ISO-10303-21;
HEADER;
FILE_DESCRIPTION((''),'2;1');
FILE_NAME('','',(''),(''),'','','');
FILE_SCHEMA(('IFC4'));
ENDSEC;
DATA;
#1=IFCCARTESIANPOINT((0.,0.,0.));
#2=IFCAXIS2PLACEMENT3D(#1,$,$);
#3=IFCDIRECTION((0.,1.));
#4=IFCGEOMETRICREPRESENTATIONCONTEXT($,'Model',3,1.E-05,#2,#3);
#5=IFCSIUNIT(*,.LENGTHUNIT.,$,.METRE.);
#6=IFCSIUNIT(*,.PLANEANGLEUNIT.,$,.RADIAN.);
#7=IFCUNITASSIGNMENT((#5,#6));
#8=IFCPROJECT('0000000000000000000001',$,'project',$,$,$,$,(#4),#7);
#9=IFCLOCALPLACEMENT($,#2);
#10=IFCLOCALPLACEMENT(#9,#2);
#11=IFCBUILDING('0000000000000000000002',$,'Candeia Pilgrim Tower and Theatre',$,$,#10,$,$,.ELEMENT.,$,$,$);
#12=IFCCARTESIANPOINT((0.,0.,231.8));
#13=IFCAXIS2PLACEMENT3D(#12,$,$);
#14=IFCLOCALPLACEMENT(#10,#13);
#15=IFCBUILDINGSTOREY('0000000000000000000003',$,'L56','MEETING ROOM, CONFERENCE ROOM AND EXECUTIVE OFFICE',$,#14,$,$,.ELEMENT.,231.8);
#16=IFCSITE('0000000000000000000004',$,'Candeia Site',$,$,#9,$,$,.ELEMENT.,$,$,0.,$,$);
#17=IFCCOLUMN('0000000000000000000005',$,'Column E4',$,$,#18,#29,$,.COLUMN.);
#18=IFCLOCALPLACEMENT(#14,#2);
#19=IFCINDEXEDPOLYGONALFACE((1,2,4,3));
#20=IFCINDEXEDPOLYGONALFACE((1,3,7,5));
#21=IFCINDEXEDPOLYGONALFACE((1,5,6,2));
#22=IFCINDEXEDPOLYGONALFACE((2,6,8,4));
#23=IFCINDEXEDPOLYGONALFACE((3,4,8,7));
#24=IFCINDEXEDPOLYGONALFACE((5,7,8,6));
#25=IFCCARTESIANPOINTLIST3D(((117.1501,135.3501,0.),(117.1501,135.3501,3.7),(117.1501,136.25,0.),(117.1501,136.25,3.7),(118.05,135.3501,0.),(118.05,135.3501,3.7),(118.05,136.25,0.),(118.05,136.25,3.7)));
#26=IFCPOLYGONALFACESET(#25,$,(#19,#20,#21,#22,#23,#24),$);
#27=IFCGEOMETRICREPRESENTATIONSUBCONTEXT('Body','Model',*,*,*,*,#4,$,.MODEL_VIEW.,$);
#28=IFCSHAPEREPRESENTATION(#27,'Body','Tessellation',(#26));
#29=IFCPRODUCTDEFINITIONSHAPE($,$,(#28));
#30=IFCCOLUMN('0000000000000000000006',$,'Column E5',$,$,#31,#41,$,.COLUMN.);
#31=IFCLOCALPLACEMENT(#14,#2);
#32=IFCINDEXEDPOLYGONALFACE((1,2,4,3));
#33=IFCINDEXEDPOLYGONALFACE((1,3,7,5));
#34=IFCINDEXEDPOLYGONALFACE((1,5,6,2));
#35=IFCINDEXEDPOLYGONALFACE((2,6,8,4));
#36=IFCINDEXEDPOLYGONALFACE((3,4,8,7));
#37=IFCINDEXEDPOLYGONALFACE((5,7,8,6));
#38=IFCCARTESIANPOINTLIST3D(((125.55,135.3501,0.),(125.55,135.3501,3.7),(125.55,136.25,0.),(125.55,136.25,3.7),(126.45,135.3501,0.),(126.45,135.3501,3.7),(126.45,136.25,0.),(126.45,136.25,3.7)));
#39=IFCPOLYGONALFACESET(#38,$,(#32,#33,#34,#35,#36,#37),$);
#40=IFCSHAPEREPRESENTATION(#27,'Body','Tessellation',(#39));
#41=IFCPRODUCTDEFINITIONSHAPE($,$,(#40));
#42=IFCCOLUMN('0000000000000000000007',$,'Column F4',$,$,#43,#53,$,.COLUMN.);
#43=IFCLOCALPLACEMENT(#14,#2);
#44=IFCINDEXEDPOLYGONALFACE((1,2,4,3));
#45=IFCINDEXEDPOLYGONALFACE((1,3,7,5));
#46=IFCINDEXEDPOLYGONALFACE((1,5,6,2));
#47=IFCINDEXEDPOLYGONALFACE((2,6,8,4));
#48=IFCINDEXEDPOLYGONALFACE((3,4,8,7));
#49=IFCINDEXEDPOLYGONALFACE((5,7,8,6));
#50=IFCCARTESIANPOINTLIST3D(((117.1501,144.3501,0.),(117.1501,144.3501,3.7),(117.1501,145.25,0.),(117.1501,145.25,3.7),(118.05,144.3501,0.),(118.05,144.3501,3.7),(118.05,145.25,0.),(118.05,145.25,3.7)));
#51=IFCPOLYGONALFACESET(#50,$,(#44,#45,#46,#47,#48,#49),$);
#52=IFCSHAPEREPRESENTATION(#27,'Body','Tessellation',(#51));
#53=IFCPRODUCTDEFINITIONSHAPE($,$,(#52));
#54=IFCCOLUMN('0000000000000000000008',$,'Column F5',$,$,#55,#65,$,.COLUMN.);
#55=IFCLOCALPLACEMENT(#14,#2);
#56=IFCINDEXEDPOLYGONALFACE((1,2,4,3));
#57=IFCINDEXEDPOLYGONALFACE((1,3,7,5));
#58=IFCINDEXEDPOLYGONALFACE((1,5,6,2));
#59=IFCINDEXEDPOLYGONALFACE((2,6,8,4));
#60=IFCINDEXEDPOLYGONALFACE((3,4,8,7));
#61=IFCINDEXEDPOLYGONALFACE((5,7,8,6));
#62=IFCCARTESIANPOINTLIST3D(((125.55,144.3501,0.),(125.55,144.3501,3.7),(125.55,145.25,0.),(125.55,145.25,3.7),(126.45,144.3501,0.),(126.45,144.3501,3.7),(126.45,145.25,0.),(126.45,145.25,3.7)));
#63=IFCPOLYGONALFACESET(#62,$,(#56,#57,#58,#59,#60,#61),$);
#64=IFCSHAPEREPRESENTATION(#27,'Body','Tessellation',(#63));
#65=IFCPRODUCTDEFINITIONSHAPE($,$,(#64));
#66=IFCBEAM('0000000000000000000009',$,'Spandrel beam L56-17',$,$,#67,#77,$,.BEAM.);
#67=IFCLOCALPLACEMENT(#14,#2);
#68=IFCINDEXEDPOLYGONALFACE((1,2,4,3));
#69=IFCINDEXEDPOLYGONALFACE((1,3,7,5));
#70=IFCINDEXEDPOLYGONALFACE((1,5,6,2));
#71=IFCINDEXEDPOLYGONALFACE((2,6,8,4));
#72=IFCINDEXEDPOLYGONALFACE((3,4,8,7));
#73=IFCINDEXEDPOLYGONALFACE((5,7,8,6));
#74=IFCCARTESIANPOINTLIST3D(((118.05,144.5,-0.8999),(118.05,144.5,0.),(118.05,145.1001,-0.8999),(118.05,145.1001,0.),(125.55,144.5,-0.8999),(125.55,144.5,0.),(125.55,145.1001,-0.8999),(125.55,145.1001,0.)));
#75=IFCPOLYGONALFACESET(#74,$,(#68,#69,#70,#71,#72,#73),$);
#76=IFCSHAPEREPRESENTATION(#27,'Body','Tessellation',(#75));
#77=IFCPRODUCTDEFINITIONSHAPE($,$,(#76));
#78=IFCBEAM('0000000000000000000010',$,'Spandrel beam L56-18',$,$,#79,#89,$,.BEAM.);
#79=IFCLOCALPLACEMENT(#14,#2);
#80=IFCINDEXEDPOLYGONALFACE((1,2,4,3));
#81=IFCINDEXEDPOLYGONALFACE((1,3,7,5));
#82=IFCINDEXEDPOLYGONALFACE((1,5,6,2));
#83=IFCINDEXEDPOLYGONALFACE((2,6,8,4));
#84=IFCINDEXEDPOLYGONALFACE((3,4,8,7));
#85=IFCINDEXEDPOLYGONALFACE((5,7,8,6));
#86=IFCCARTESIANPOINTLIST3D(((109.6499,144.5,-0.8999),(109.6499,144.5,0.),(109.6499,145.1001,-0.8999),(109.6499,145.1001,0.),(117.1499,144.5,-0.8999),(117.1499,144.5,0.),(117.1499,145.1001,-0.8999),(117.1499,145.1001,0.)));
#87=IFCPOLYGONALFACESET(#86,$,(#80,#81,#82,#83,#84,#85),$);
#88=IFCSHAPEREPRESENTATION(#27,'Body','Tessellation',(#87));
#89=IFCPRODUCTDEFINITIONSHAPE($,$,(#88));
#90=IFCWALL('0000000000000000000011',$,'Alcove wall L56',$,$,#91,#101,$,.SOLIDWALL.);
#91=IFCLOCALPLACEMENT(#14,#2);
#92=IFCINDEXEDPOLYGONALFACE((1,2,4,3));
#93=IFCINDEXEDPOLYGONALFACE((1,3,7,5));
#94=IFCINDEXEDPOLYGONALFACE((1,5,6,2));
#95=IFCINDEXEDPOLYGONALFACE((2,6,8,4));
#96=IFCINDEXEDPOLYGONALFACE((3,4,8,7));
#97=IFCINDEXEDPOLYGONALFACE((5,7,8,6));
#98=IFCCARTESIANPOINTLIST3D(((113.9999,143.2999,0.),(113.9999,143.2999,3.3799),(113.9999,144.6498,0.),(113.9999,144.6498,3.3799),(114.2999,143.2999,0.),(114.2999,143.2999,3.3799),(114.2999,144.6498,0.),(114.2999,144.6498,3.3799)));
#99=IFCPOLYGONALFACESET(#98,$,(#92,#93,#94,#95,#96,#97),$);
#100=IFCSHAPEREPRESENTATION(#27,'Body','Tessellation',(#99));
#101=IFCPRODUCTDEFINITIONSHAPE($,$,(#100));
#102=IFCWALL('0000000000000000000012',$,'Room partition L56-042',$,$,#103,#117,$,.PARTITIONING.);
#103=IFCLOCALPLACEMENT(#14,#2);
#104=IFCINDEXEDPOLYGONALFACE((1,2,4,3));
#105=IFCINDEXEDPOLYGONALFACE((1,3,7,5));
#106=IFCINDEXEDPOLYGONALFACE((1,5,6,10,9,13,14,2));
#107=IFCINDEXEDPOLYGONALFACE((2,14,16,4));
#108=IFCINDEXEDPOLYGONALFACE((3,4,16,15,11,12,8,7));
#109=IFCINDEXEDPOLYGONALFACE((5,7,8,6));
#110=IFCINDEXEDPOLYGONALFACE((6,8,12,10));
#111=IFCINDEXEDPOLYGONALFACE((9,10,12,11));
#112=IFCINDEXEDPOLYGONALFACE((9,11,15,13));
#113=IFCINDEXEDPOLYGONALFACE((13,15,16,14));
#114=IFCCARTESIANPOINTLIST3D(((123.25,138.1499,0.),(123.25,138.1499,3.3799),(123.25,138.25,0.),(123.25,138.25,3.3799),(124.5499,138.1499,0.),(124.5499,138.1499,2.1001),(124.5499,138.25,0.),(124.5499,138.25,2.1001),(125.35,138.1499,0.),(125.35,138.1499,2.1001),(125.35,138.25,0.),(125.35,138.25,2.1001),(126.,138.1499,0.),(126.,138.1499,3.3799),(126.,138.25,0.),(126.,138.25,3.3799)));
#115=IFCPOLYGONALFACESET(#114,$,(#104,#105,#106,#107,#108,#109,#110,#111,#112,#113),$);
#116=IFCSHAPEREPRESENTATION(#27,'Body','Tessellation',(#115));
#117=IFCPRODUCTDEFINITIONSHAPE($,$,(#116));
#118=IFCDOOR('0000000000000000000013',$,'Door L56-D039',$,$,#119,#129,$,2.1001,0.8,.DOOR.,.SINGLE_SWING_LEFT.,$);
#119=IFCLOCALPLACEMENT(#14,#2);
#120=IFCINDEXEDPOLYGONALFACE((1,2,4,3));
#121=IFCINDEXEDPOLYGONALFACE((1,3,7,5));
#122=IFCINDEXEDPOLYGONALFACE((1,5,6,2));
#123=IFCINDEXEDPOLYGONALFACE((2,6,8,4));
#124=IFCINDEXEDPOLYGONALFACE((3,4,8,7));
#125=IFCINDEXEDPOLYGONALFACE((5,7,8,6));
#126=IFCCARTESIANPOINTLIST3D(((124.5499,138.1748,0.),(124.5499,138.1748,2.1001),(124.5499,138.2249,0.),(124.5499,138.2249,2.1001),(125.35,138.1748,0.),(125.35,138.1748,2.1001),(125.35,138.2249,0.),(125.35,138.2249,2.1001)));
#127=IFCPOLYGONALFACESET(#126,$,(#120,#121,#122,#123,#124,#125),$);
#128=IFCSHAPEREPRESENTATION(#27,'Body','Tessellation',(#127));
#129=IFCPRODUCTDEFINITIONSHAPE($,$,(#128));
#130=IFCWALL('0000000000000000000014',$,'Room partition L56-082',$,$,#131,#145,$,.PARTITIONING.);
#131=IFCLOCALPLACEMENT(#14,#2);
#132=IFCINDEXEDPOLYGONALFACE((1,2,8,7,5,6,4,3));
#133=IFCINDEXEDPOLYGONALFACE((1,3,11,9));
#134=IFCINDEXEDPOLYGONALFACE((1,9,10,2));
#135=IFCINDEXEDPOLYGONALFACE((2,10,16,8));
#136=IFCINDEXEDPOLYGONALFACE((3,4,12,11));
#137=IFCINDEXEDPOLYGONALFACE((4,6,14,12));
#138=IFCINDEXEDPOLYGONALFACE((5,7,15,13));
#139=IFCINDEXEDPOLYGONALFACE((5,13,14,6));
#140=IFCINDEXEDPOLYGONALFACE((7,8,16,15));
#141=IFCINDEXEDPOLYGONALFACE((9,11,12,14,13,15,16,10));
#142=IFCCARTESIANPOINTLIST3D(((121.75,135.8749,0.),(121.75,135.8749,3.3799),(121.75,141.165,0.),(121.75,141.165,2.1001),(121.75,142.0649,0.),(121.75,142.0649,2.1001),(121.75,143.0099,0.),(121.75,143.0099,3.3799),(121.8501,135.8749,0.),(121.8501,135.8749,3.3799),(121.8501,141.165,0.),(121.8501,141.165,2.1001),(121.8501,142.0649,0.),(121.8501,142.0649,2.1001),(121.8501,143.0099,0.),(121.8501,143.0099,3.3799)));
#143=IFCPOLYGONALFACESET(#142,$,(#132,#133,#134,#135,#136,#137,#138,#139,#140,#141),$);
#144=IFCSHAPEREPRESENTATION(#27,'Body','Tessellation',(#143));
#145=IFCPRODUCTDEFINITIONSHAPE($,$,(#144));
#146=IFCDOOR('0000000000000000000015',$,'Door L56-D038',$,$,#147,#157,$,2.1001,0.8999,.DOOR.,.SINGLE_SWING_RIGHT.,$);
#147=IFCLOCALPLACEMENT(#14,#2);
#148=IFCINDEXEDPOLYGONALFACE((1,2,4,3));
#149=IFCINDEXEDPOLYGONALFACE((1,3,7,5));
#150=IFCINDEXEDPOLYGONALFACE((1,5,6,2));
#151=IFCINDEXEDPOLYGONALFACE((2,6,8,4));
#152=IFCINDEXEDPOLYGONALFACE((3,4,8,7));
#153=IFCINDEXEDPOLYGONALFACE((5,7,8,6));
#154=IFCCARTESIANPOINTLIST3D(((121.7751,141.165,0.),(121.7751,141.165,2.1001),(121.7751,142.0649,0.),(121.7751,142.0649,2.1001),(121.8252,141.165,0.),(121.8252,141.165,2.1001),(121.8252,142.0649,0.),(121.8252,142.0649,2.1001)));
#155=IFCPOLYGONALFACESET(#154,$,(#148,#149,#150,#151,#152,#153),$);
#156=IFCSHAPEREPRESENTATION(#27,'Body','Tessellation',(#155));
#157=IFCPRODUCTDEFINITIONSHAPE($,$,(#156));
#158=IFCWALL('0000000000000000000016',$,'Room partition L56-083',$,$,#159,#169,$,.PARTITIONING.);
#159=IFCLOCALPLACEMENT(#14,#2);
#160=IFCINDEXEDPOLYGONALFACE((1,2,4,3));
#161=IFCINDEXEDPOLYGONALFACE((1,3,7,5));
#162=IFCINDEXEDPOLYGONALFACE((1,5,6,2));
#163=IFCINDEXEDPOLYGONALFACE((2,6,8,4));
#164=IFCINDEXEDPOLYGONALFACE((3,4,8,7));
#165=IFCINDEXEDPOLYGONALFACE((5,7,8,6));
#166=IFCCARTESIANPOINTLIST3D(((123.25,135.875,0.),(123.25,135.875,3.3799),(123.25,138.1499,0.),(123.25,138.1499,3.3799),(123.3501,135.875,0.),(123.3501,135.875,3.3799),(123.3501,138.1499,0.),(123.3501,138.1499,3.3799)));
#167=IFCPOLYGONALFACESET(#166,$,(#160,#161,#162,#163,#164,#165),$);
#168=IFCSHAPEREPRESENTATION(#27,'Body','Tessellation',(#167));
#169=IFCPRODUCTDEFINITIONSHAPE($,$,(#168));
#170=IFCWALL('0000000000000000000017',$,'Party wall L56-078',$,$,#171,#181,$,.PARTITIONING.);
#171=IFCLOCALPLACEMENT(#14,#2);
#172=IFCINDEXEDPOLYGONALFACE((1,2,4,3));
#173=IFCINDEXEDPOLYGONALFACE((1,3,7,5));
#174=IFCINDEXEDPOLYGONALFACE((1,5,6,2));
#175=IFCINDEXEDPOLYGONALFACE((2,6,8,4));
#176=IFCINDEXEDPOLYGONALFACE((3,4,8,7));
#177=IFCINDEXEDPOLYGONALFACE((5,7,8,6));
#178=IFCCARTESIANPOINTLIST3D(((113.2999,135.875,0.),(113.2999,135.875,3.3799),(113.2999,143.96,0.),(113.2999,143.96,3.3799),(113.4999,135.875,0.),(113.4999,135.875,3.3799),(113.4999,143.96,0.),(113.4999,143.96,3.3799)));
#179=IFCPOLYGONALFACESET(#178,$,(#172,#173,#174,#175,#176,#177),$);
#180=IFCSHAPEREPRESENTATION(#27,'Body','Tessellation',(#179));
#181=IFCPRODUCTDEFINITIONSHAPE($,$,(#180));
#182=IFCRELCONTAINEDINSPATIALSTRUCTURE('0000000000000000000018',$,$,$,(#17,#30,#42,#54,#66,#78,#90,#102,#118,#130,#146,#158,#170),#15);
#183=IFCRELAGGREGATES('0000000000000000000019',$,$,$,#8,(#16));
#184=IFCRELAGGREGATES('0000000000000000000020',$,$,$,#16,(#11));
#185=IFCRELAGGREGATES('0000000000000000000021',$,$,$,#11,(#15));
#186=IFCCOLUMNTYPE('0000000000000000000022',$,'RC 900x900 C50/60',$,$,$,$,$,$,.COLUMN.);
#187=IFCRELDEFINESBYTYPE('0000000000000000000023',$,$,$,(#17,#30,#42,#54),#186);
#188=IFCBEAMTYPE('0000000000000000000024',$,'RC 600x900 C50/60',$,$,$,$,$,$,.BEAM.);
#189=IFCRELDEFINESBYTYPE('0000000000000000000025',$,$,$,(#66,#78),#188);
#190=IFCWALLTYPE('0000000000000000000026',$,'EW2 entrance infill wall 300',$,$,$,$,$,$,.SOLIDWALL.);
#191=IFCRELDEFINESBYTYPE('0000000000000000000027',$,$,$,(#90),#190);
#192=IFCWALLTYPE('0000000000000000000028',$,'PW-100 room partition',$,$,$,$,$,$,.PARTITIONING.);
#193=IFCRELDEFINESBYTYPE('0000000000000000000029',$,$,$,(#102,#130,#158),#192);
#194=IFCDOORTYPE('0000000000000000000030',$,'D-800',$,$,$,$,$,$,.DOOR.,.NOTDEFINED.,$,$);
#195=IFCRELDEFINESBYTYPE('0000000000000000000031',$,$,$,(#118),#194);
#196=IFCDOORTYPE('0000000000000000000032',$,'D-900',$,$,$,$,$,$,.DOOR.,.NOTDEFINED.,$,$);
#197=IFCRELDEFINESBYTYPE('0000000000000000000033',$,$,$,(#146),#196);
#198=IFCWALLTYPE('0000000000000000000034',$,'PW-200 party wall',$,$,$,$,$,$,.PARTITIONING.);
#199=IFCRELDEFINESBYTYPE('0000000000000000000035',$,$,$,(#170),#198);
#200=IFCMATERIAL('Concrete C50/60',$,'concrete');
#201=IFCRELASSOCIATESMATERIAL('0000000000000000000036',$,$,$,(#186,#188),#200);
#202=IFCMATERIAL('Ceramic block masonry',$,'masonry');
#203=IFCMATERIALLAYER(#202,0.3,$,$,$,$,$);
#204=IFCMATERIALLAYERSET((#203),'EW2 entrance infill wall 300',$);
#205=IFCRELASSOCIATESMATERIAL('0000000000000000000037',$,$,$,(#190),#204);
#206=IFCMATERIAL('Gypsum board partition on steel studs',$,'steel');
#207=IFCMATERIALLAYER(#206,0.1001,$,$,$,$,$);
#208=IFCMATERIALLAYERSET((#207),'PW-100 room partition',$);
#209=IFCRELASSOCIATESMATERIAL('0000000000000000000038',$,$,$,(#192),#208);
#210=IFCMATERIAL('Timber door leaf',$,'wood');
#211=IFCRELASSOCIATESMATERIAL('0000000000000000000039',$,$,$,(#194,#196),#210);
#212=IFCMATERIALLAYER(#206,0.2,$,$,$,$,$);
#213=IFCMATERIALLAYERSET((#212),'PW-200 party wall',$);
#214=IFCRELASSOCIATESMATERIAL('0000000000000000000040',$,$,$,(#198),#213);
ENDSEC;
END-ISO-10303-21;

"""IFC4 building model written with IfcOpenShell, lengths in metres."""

from ifc_helpers import new_model, si_unit, direction, frame, frame_2d, origin, origin_2d, place, context, subcontext, project, spatial, rectangle, extrude, material, layer, layer_set, material_profile, profile_set, type_object, element, fill, save


model = new_model("IFC4")

# Units and contexts
model_context = context("Model", 3, precision=1e-05, world=origin(), true_north=direction((0.0, 1.0)))
body_context = subcontext(model_context, "Body", "Model", "MODEL_VIEW")
ifc_project = project(units=[si_unit("LENGTHUNIT", "METRE"), si_unit("PLANEANGLEUNIT", "RADIAN")], contexts=[model_context])

# Site, building, storey
site_placement = place(None, origin())
site = spatial("IfcSite", under=ifc_project, at=site_placement, Name="Candeia Site", CompositionType="ELEMENT", RefElevation=0.0)
building_placement = place(site_placement, origin())
building = spatial("IfcBuilding", under=site, at=building_placement, Name="Candeia Pilgrim Tower and Theatre", CompositionType="ELEMENT")
storey_placement = place(building_placement, frame((0.0, 0.0, 231.8)))
storey = spatial("IfcBuildingStorey", under=building, at=storey_placement, Name="L56", Description="MEETING ROOM, CONFERENCE ROOM AND EXECUTIVE OFFICE", CompositionType="ELEMENT", Elevation=231.8)

# Columns
ifc_material_1 = material(Name="Concrete C50/60", Category="concrete")
ifc_material_profile_1 = material_profile(ifc_material_1, rectangle(XDim=0.8999, YDim=0.8999, at=origin_2d()))
ifc_profile_set_1 = profile_set([ifc_material_profile_1], Name="Concrete C50/60")
column_type = type_object("IfcColumnType", Name="RC 900x900 C50/60", PredefinedType="COLUMN", material=ifc_profile_set_1)
for number, where, z_axis, x_axis, name in (
    (1, (117.6001, 135.8, 0.0), (0.0, 0.0, 1.0), (1.0, 0.0, 0.0), "Column E4"),
    (2, (126.0, 135.8, 0.0), (0.0, 0.0, 1.0), (1.0, 0.0, 0.0), "Column E5"),
    (3, (117.6001, 144.8, 0.0), (0.0, 0.0, 1.0), (1.0, 0.0, 0.0), "Column F4"),
    (4, (126.0, 144.8, 0.0), (0.0, 0.0, 1.0), (1.0, 0.0, 0.0), "Column F5"),
):
    element("IfcColumn", number, at=place(storey_placement, frame(where, z_axis=z_axis, x_axis=x_axis)), inside=storey, type_object=column_type, Name=name, PredefinedType="COLUMN", context=body_context, shape_type="SweptSolid", body=[
        extrude(rectangle(XDim=0.8999, YDim=0.8999, at=origin_2d()), origin(), (0.0, 0.0, 1.0), 3.7),
    ])

# Beams
ifc_material_profile_2 = material_profile(ifc_material_1, rectangle(XDim=0.6001, YDim=0.8999, at=origin_2d()))
ifc_profile_set_2 = profile_set([ifc_material_profile_2], Name="Concrete C50/60")
beam_type = type_object("IfcBeamType", Name="RC 600x900 C50/60", PredefinedType="BEAM", material=ifc_profile_set_2)
for number, where, z_axis, x_axis, name in (
    (5, (125.55, 144.8, -0.45), (-1.0, 0.0, 0.0), (0.0, -1.0, 0.0), "Spandrel beam L56-17"),
    (6, (117.1499, 144.8, -0.45), (-1.0, 0.0, 0.0), (0.0, -1.0, 0.0), "Spandrel beam L56-18"),
):
    element("IfcBeam", number, at=place(storey_placement, frame(where, z_axis=z_axis, x_axis=x_axis)), inside=storey, type_object=beam_type, Name=name, PredefinedType="BEAM", context=body_context, shape_type="SweptSolid", body=[
        extrude(rectangle(XDim=0.6001, YDim=0.8999, at=origin_2d()), origin(), (0.0, 0.0, 1.0), 7.5),
    ])

# Wall
ifc_material_2 = material(Name="Ceramic block masonry", Category="masonry")
ifc_layer_1 = layer(ifc_material_2, 0.3)
ifc_layer_set_1 = layer_set([ifc_layer_1], Name="EW2 entrance infill wall 300")
wall_type_1 = type_object("IfcWallType", Name="EW2 entrance infill wall 300", PredefinedType="SOLIDWALL", material=ifc_layer_set_1)
wall_1_placement = place(storey_placement, frame((114.1499, 143.3, 0.0), z_axis=(0.0, 0.0, 1.0), x_axis=(0.0, 1.0, 0.0)))
element("IfcWall", 7, at=wall_1_placement, inside=storey, type_object=wall_type_1, Name="Alcove wall L56", PredefinedType="SOLIDWALL", context=body_context, shape_type="SweptSolid", body=[
    extrude(rectangle(XDim=1.3499, YDim=0.3, at=frame_2d((0.6748, 0.0))), origin(), (0.0, 0.0, 1.0), 3.3799),
])

# Walls, openings, doors
ifc_material_3 = material(Name="Gypsum board partition on steel studs", Category="steel")
ifc_layer_2 = layer(ifc_material_3, 0.1001)
ifc_layer_set_2 = layer_set([ifc_layer_2], Name="PW-100 room partition")
wall_type_2 = type_object("IfcWallType", Name="PW-100 room partition", PredefinedType="PARTITIONING", material=ifc_layer_set_2)
wall_2_placement = place(storey_placement, frame((123.25, 138.2, 0.0), z_axis=(0.0, 0.0, 1.0), x_axis=(1.0, 0.0, 0.0)))
wall_2 = element("IfcWall", 8, at=wall_2_placement, inside=storey, type_object=wall_type_2, Name="Room partition L56-042", PredefinedType="PARTITIONING", context=body_context, shape_type="SweptSolid", body=[
    extrude(rectangle(XDim=2.75, YDim=0.1001, at=frame_2d((1.375, 0.0))), origin(), (0.0, 0.0, 1.0), 3.3799),
])
opening_1_placement = place(wall_2_placement, frame((1.3, 0.0, 0.0)))
opening_1 = element("IfcOpeningElement", 9, at=opening_1_placement, cuts=wall_2, PredefinedType="OPENING", context=body_context, shape_type="SweptSolid", body=[
    extrude(rectangle(XDim=0.8, YDim=2.1001, at=frame_2d((0.3999, 1.05))), frame((0.0, 0.0601, 0.0), z_axis=(0.0, -1.0, 0.0), x_axis=(1.0, 0.0, 0.0)), (0.0, 0.0, 1.0), 0.1201),
])
ifc_material_4 = material(Name="Timber door leaf", Category="wood")
door_type_1 = type_object("IfcDoorType", Name="D-800", OperationType="NOTDEFINED", PredefinedType="DOOR", material=ifc_material_4)
door_1_placement = place(opening_1_placement, origin())
door_1 = element("IfcDoor", 10, at=door_1_placement, inside=storey, type_object=door_type_1, Name="Door L56-D039", OperationType="SINGLE_SWING_LEFT", OverallHeight=2.1001, OverallWidth=0.8, PredefinedType="DOOR", context=body_context, shape_type="SweptSolid", body=[
    extrude(rectangle(XDim=0.8, YDim=2.1001, at=frame_2d((0.3999, 1.05))), frame((0.0, 0.0249, 0.0), z_axis=(0.0, -1.0, 0.0), x_axis=(1.0, 0.0, 0.0)), (0.0, 0.0, 1.0), 0.05),
])
fill(opening_1, door_1)
wall_3_placement = place(storey_placement, frame((121.8, 135.875, 0.0), z_axis=(0.0, 0.0, 1.0), x_axis=(0.0, 1.0, 0.0)))
wall_3 = element("IfcWall", 11, at=wall_3_placement, inside=storey, type_object=wall_type_2, Name="Room partition L56-082", PredefinedType="PARTITIONING", context=body_context, shape_type="SweptSolid", body=[
    extrude(rectangle(XDim=7.135, YDim=0.1001, at=frame_2d((3.5674, 0.0))), origin(), (0.0, 0.0, 1.0), 3.3799),
])
opening_2_placement = place(wall_3_placement, frame((5.29, 0.0, 0.0)))
opening_2 = element("IfcOpeningElement", 12, at=opening_2_placement, cuts=wall_3, PredefinedType="OPENING", context=body_context, shape_type="SweptSolid", body=[
    extrude(rectangle(XDim=0.8999, YDim=2.1001, at=frame_2d((0.45, 1.05))), frame((0.0, 0.0601, 0.0), z_axis=(0.0, -1.0, 0.0), x_axis=(1.0, 0.0, 0.0)), (0.0, 0.0, 1.0), 0.1201),
])
door_type_2 = type_object("IfcDoorType", Name="D-900", OperationType="NOTDEFINED", PredefinedType="DOOR", material=ifc_material_4)
door_2_placement = place(opening_2_placement, origin())
door_2 = element("IfcDoor", 13, at=door_2_placement, inside=storey, type_object=door_type_2, Name="Door L56-D038", OperationType="SINGLE_SWING_RIGHT", OverallHeight=2.1001, OverallWidth=0.8999, PredefinedType="DOOR", context=body_context, shape_type="SweptSolid", body=[
    extrude(rectangle(XDim=0.8999, YDim=2.1001, at=frame_2d((0.45, 1.05))), frame((0.0, 0.0249, 0.0), z_axis=(0.0, -1.0, 0.0), x_axis=(1.0, 0.0, 0.0)), (0.0, 0.0, 1.0), 0.05),
])
fill(opening_2, door_2)

# Walls
wall_4_placement = place(storey_placement, frame((123.3, 135.875, 0.0), z_axis=(0.0, 0.0, 1.0), x_axis=(0.0, 1.0, 0.0)))
element("IfcWall", 14, at=wall_4_placement, inside=storey, type_object=wall_type_2, Name="Room partition L56-083", PredefinedType="PARTITIONING", context=body_context, shape_type="SweptSolid", body=[
    extrude(rectangle(XDim=2.2749, YDim=0.1001, at=frame_2d((1.1375, 0.0))), origin(), (0.0, 0.0, 1.0), 3.3799),
])
ifc_layer_3 = layer(ifc_material_3, 0.2)
ifc_layer_set_3 = layer_set([ifc_layer_3], Name="PW-200 party wall")
wall_type_3 = type_object("IfcWallType", Name="PW-200 party wall", PredefinedType="PARTITIONING", material=ifc_layer_set_3)
wall_5_placement = place(storey_placement, frame((113.3999, 135.875, 0.0), z_axis=(0.0, 0.0, 1.0), x_axis=(0.0, 1.0, 0.0)))
element("IfcWall", 15, at=wall_5_placement, inside=storey, type_object=wall_type_3, Name="Party wall L56-078", PredefinedType="PARTITIONING", context=body_context, shape_type="SweptSolid", body=[
    extrude(rectangle(XDim=8.085, YDim=0.2, at=frame_2d((4.0425, 0.0))), origin(), (0.0, 0.0, 1.0), 3.3799),
])

save(model, "model.ifc")
